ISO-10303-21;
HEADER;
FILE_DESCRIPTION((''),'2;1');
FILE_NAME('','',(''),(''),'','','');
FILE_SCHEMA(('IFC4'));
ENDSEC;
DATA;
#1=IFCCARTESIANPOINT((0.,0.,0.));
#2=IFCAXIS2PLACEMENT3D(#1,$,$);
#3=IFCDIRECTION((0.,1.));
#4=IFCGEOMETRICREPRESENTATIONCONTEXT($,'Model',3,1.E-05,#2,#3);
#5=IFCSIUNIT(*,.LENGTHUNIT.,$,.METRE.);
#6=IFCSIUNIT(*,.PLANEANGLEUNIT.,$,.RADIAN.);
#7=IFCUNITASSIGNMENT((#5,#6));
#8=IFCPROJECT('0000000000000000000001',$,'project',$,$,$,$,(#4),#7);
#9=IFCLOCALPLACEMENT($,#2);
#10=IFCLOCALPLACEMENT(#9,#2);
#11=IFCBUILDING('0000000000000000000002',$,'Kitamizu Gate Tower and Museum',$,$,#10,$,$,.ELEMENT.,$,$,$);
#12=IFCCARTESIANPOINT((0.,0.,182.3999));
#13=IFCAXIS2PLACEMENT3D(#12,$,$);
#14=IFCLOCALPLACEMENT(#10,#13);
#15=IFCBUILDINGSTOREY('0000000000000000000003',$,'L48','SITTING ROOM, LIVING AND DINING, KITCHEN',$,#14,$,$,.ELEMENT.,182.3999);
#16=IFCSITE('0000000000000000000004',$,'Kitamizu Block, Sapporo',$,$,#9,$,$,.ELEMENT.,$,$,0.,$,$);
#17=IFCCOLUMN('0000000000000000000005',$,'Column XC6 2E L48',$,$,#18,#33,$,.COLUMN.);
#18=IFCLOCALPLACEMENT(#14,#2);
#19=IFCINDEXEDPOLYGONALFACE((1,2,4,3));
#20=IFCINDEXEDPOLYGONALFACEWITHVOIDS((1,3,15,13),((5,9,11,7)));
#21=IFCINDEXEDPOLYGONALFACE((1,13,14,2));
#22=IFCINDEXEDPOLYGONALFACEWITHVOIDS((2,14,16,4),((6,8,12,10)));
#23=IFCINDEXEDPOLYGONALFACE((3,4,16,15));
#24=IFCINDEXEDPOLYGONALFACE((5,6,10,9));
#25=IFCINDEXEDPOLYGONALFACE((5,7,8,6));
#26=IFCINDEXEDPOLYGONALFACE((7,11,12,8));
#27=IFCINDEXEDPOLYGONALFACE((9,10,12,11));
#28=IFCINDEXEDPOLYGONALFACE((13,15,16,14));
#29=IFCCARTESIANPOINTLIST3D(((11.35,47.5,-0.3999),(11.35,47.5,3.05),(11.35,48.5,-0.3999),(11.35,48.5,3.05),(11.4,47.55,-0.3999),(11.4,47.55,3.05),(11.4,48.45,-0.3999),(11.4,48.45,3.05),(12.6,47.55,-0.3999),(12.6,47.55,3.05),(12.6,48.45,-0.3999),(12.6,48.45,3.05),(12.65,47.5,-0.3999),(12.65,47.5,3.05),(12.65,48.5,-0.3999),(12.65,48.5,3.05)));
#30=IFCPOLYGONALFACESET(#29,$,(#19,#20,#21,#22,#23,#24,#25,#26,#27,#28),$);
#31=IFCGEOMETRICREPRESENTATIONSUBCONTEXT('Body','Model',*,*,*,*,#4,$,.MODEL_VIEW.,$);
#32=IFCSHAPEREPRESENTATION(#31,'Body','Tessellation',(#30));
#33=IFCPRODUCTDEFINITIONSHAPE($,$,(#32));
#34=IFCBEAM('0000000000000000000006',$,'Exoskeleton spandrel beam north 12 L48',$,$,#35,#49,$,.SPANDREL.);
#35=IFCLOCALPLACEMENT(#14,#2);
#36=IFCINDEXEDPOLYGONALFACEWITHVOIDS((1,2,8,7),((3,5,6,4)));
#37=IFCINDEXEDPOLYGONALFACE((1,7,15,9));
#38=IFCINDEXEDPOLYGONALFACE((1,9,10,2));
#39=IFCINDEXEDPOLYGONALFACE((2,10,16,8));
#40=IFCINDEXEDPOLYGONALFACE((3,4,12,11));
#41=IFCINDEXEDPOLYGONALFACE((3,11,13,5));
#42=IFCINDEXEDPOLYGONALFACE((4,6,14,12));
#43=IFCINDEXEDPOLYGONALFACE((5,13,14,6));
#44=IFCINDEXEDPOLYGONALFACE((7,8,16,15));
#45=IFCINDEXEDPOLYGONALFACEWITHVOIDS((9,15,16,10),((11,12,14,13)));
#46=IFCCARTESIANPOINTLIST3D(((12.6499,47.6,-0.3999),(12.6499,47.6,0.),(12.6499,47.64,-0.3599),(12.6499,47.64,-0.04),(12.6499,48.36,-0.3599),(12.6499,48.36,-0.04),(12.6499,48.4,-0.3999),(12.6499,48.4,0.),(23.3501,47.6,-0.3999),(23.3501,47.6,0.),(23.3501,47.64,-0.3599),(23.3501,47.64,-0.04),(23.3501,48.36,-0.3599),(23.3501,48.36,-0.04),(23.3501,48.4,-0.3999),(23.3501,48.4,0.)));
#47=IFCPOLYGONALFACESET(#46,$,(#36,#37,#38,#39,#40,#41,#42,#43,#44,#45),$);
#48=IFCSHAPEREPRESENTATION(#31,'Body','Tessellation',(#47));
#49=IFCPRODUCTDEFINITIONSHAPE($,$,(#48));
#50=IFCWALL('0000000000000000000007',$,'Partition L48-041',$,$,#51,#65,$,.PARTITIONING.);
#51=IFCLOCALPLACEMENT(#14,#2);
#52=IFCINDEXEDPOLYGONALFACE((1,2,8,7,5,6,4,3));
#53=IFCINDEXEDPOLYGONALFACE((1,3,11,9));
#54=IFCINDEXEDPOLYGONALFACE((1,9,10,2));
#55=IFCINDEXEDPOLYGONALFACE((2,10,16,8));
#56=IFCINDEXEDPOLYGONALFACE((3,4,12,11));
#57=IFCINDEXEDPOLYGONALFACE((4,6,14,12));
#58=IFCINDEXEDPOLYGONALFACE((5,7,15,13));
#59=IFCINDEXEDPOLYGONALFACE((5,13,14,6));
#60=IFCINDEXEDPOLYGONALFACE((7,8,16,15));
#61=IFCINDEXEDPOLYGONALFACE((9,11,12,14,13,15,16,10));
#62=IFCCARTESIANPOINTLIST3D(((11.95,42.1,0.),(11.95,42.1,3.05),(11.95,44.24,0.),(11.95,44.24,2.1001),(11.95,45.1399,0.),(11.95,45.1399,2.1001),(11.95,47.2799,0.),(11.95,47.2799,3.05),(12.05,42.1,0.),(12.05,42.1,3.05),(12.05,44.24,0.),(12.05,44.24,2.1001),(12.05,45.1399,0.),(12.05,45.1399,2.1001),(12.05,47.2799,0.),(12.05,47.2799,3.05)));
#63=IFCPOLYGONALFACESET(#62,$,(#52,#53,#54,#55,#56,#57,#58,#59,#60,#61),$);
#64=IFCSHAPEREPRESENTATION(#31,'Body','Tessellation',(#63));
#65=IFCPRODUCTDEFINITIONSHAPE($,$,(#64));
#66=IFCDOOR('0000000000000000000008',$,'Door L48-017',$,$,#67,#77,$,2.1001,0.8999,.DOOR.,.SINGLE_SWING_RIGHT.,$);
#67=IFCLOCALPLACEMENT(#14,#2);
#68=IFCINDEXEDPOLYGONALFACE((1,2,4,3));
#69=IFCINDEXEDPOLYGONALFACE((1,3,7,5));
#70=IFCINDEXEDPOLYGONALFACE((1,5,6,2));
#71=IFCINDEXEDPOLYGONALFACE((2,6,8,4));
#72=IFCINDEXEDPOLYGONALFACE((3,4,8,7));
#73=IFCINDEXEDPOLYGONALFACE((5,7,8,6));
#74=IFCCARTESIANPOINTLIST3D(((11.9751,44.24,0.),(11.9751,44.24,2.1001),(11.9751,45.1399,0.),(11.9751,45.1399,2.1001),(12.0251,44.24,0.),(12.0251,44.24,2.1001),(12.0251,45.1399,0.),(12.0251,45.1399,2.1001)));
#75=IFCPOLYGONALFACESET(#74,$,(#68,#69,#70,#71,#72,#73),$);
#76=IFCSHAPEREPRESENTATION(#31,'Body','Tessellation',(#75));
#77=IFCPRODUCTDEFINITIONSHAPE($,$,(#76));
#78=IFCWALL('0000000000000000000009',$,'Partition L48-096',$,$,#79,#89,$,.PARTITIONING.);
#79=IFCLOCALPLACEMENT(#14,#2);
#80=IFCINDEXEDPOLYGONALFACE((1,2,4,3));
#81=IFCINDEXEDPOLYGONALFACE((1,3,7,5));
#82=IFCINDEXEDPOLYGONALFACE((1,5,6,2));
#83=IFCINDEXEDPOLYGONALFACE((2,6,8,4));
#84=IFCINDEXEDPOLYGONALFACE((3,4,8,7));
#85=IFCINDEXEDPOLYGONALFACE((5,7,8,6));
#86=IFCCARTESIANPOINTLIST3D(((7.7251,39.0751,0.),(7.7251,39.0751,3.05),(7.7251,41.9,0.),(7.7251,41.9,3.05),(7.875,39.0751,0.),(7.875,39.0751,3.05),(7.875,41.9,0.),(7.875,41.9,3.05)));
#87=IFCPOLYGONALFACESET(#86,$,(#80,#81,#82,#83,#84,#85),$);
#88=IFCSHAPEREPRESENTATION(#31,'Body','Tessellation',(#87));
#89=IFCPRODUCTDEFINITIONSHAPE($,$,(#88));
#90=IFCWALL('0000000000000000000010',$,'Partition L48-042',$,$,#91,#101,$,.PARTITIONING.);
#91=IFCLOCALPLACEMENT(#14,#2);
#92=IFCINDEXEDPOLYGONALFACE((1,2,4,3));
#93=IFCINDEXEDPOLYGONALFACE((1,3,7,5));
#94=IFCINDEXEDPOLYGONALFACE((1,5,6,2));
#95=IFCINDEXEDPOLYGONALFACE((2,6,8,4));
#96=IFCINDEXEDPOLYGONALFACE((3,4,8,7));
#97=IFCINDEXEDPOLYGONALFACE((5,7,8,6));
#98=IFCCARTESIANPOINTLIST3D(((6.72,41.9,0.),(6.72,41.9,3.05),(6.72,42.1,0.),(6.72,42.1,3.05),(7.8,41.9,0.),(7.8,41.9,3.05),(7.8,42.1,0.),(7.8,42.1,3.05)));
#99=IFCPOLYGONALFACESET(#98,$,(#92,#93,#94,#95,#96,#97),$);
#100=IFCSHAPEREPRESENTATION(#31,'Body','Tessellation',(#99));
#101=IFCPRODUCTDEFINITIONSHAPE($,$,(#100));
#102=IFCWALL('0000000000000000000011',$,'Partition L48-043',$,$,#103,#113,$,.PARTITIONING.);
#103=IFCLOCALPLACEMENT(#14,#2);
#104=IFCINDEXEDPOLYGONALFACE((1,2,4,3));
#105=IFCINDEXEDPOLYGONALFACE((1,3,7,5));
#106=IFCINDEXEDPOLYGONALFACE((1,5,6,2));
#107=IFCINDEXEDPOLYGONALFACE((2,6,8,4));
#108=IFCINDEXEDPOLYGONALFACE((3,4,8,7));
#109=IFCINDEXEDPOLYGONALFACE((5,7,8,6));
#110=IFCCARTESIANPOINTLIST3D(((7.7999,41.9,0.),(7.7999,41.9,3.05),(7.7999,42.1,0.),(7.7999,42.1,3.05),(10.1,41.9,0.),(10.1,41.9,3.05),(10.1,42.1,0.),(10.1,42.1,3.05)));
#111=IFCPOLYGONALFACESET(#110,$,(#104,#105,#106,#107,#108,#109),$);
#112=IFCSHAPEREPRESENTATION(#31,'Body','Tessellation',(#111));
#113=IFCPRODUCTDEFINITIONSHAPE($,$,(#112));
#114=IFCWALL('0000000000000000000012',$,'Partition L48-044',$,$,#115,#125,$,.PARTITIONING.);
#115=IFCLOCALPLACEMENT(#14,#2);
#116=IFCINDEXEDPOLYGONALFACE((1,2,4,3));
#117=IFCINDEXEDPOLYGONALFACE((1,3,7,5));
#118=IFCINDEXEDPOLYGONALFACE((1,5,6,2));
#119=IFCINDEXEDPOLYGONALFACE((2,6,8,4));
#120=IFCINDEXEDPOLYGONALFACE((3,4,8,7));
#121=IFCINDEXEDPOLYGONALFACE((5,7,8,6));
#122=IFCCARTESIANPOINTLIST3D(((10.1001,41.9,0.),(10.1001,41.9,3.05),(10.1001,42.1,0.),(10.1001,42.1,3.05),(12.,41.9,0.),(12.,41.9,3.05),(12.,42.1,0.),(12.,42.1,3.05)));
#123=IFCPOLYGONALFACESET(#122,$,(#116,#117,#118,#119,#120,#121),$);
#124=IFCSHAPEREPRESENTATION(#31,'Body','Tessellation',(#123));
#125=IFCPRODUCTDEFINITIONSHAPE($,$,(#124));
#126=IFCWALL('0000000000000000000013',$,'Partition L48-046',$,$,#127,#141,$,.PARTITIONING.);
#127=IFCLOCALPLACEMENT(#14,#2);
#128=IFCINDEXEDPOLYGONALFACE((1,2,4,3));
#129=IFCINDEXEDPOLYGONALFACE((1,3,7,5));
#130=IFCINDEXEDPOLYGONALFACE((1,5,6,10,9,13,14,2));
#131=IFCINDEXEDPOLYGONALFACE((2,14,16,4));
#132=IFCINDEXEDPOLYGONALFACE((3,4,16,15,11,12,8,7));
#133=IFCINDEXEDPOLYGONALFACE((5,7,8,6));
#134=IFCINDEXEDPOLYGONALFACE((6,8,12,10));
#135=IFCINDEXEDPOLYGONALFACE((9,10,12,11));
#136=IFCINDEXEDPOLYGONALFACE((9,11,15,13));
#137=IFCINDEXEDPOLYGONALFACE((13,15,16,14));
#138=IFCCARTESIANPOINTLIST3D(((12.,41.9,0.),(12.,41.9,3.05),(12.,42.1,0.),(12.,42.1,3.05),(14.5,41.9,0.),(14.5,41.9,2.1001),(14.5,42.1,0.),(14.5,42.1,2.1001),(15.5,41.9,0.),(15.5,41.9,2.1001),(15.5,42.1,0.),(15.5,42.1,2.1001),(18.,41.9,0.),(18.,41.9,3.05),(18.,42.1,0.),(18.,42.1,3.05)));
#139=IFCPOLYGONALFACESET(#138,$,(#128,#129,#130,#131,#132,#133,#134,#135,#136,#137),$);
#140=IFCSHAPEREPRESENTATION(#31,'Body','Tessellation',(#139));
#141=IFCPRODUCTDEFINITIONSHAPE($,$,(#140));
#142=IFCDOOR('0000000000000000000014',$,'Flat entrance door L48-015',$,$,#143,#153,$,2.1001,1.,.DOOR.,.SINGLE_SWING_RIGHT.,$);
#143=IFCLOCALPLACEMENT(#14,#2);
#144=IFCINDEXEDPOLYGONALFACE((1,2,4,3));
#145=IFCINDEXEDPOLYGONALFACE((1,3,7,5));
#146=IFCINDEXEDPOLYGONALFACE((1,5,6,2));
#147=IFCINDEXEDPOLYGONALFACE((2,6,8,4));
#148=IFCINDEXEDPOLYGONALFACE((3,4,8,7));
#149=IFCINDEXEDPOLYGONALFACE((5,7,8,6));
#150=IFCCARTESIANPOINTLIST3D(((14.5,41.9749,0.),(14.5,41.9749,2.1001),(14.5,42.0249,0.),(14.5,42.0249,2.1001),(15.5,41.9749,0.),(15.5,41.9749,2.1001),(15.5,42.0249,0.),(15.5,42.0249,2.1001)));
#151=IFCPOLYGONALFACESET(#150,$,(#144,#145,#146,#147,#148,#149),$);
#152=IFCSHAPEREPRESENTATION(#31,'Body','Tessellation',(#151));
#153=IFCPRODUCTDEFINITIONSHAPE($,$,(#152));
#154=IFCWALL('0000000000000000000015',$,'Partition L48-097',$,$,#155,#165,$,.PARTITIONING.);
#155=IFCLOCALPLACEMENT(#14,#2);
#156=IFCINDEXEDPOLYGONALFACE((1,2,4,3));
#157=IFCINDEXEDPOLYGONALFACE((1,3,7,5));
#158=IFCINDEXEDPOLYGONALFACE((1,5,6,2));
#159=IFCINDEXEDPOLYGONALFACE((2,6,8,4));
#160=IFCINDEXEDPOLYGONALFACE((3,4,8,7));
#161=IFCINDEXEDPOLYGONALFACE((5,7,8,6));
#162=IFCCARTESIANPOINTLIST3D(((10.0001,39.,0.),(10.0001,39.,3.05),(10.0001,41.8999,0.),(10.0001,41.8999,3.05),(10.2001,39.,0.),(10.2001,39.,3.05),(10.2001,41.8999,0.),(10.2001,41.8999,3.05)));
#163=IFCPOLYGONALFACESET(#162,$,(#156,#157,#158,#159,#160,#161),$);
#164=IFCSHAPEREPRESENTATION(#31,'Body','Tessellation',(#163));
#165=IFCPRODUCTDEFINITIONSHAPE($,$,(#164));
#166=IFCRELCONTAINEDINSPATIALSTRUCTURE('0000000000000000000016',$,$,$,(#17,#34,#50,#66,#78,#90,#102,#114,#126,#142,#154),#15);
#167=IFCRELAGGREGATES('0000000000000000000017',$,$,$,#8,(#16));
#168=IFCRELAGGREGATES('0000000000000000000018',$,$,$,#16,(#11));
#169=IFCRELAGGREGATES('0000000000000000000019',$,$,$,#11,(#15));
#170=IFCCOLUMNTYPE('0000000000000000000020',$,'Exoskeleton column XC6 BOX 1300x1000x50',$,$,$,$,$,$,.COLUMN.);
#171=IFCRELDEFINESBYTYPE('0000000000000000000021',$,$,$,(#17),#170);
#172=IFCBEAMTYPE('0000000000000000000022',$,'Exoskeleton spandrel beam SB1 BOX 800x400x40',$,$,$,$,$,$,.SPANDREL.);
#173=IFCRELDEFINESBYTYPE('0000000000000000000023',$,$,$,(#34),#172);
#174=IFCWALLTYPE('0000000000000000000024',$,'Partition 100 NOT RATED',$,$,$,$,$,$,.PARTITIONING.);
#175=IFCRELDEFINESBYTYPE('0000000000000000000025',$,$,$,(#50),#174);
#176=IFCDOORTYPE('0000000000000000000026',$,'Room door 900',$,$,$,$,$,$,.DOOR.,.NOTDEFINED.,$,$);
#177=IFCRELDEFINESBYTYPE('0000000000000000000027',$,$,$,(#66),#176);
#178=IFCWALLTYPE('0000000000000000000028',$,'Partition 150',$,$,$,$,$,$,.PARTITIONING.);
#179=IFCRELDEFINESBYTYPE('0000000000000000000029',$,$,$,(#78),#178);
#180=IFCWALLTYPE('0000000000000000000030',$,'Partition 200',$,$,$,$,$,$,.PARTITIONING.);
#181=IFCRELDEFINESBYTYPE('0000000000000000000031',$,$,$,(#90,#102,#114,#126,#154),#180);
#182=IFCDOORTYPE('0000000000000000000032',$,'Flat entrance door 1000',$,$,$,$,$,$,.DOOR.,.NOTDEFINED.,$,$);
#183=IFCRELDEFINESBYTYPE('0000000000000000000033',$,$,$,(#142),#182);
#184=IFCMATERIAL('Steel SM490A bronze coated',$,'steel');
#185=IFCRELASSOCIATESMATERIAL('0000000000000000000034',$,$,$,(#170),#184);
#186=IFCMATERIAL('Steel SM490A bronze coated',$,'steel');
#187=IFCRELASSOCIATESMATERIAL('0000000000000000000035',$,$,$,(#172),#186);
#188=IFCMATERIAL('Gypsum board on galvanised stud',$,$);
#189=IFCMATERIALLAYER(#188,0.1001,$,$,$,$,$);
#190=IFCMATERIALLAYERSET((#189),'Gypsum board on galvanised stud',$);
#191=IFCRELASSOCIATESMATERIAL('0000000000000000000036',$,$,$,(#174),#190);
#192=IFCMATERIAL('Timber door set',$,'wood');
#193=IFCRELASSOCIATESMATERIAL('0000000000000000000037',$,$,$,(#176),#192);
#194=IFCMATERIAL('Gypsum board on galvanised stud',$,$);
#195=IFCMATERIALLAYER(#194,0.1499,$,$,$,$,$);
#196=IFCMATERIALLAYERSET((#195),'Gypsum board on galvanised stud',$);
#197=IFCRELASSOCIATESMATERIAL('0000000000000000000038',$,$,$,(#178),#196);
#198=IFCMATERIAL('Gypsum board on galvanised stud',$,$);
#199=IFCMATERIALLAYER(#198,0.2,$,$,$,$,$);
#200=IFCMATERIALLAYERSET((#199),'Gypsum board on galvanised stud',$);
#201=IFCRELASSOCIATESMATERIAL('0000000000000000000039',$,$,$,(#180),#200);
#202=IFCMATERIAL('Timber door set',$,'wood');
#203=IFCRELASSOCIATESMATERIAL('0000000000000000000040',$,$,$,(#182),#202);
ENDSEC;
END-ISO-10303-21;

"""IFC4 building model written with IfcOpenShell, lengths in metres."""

from ifc_helpers import new_model, si_unit, direction, frame, frame_2d, origin, origin_2d, place, context, subcontext, project, spatial, rectangle, hollow_rectangle, extrude, material, layer, layer_set, material_profile, profile_set, type_object, element, fill, save


model = new_model("IFC4")

# Units and contexts
model_context = context("Model", 3, precision=1e-05, world=origin(), true_north=direction((0.0, 1.0)))
body_context = subcontext(model_context, "Body", "Model", "MODEL_VIEW")
ifc_project = project(units=[si_unit("LENGTHUNIT", "METRE"), si_unit("PLANEANGLEUNIT", "RADIAN")], contexts=[model_context])

# Site, building, storey
site_placement = place(None, origin())
site = spatial("IfcSite", under=ifc_project, at=site_placement, Name="Kitamizu Block, Sapporo", CompositionType="ELEMENT", RefElevation=0.0)
building_placement = place(site_placement, origin())
building = spatial("IfcBuilding", under=site, at=building_placement, Name="Kitamizu Gate Tower and Museum", CompositionType="ELEMENT")
storey_placement = place(building_placement, frame((0.0, 0.0, 182.3999)))
storey = spatial("IfcBuildingStorey", under=building, at=storey_placement, Name="L48", Description="SITTING ROOM, LIVING AND DINING, KITCHEN", CompositionType="ELEMENT", Elevation=182.3999)

# Column
ifc_material_1 = material(Name="Steel SM490A bronze coated", Category="steel")
ifc_material_profile_1 = material_profile(ifc_material_1, hollow_rectangle(XDim=1.3, YDim=1.0, WallThickness=0.05, at=origin_2d()), Name="BOX 1300x1000x50")
ifc_profile_set_1 = profile_set([ifc_material_profile_1], Name="Steel SM490A bronze coated")
column_type = type_object("IfcColumnType", Name="Exoskeleton column XC6 BOX 1300x1000x50", PredefinedType="COLUMN", material=ifc_profile_set_1)
column_placement = place(storey_placement, frame((12.0, 48.0, -0.3999), z_axis=(0.0, 0.0, 1.0), x_axis=(1.0, 0.0, 0.0)))
element("IfcColumn", 1, at=column_placement, inside=storey, type_object=column_type, Name="Column XC6 2E L48", PredefinedType="COLUMN", context=body_context, shape_type="SweptSolid", body=[
    extrude(hollow_rectangle(XDim=1.3, YDim=1.0, WallThickness=0.05, at=origin_2d()), origin(), (0.0, 0.0, 1.0), 3.45),
])

# Beam
ifc_material_2 = material(Name="Steel SM490A bronze coated", Category="steel")
ifc_material_profile_2 = material_profile(ifc_material_2, hollow_rectangle(XDim=0.8, YDim=0.3999, WallThickness=0.04, at=origin_2d()), Name="BOX 800x400x40")
ifc_profile_set_2 = profile_set([ifc_material_profile_2], Name="Steel SM490A bronze coated")
beam_type = type_object("IfcBeamType", Name="Exoskeleton spandrel beam SB1 BOX 800x400x40", PredefinedType="SPANDREL", material=ifc_profile_set_2)
beam_placement = place(storey_placement, frame((12.6499, 48.0, -0.2), z_axis=(1.0, 0.0, 0.0), x_axis=(0.0, 1.0, 0.0)))
element("IfcBeam", 2, at=beam_placement, inside=storey, type_object=beam_type, Name="Exoskeleton spandrel beam north 12 L48", PredefinedType="SPANDREL", context=body_context, shape_type="SweptSolid", body=[
    extrude(hollow_rectangle(XDim=0.8, YDim=0.3999, WallThickness=0.04, at=origin_2d()), origin(), (0.0, 0.0, 1.0), 10.7002),
])

# Wall, opening, door
ifc_material_3 = material(Name="Gypsum board on galvanised stud")
ifc_layer_1 = layer(ifc_material_3, 0.1001)
ifc_layer_set_1 = layer_set([ifc_layer_1], Name="Gypsum board on galvanised stud")
wall_type_1 = type_object("IfcWallType", Name="Partition 100 NOT RATED", PredefinedType="PARTITIONING", material=ifc_layer_set_1)
wall_1_placement = place(storey_placement, frame((12.0, 42.1001, 0.0), z_axis=(0.0, 0.0, 1.0), x_axis=(0.0, 1.0, 0.0)))
wall_1 = element("IfcWall", 3, at=wall_1_placement, inside=storey, type_object=wall_type_1, Name="Partition L48-041", PredefinedType="PARTITIONING", context=body_context, shape_type="SweptSolid", body=[
    extrude(rectangle(XDim=5.1799, YDim=0.1001, at=frame_2d((2.5898, 0.0))), origin(), (0.0, 0.0, 1.0), 3.05),
])
opening_1_placement = place(wall_1_placement, frame((2.1399, 0.0, 0.0)))
opening_1 = element("IfcOpeningElement", 4, at=opening_1_placement, cuts=wall_1, PredefinedType="OPENING", context=body_context, shape_type="SweptSolid", body=[
    extrude(rectangle(XDim=0.8999, YDim=2.1001, at=frame_2d((0.45, 1.05))), frame((0.0, 0.0601, 0.0), z_axis=(0.0, -1.0, 0.0), x_axis=(1.0, 0.0, 0.0)), (0.0, 0.0, 1.0), 0.1201),
])
ifc_material_4 = material(Name="Timber door set", Category="wood")
door_type_1 = type_object("IfcDoorType", Name="Room door 900", OperationType="NOTDEFINED", PredefinedType="DOOR", material=ifc_material_4)
door_1_placement = place(opening_1_placement, origin())
door_1 = element("IfcDoor", 5, at=door_1_placement, inside=storey, type_object=door_type_1, Name="Door L48-017", OperationType="SINGLE_SWING_RIGHT", OverallHeight=2.1001, OverallWidth=0.8999, PredefinedType="DOOR", context=body_context, shape_type="SweptSolid", body=[
    extrude(rectangle(XDim=0.8999, YDim=2.1001, at=frame_2d((0.45, 1.05))), frame((0.0, 0.0249, 0.0), z_axis=(0.0, -1.0, 0.0), x_axis=(1.0, 0.0, 0.0)), (0.0, 0.0, 1.0), 0.05),
])
fill(opening_1, door_1)

# Walls
ifc_material_5 = material(Name="Gypsum board on galvanised stud")
ifc_layer_2 = layer(ifc_material_5, 0.1499)
ifc_layer_set_2 = layer_set([ifc_layer_2], Name="Gypsum board on galvanised stud")
wall_type_2 = type_object("IfcWallType", Name="Partition 150", PredefinedType="PARTITIONING", material=ifc_layer_set_2)
wall_2_placement = place(storey_placement, frame((7.8, 39.075, 0.0), z_axis=(0.0, 0.0, 1.0), x_axis=(0.0, 1.0, 0.0)))
element("IfcWall", 6, at=wall_2_placement, inside=storey, type_object=wall_type_2, Name="Partition L48-096", PredefinedType="PARTITIONING", context=body_context, shape_type="SweptSolid", body=[
    extrude(rectangle(XDim=2.825, YDim=0.1499, at=frame_2d((1.4126, 0.0))), origin(), (0.0, 0.0, 1.0), 3.05),
])
ifc_material_6 = material(Name="Gypsum board on galvanised stud")
ifc_layer_3 = layer(ifc_material_6, 0.2)
ifc_layer_set_3 = layer_set([ifc_layer_3], Name="Gypsum board on galvanised stud")
wall_type_3 = type_object("IfcWallType", Name="Partition 200", PredefinedType="PARTITIONING", material=ifc_layer_set_3)
wall_3_placement = place(storey_placement, frame((6.72, 42.0, 0.0), z_axis=(0.0, 0.0, 1.0), x_axis=(1.0, 0.0, 0.0)))
element("IfcWall", 7, at=wall_3_placement, inside=storey, type_object=wall_type_3, Name="Partition L48-042", PredefinedType="PARTITIONING", context=body_context, shape_type="SweptSolid", body=[
    extrude(rectangle(XDim=1.0801, YDim=0.2, at=frame_2d((0.54, 0.0))), origin(), (0.0, 0.0, 1.0), 3.05),
])
wall_4_placement = place(storey_placement, frame((7.8, 42.0, 0.0), z_axis=(0.0, 0.0, 1.0), x_axis=(1.0, 0.0, 0.0)))
element("IfcWall", 8, at=wall_4_placement, inside=storey, type_object=wall_type_3, Name="Partition L48-043", PredefinedType="PARTITIONING", context=body_context, shape_type="SweptSolid", body=[
    extrude(rectangle(XDim=2.3, YDim=0.2, at=frame_2d((1.1499, 0.0))), origin(), (0.0, 0.0, 1.0), 3.05),
])
wall_5_placement = place(storey_placement, frame((10.1001, 42.0, 0.0), z_axis=(0.0, 0.0, 1.0), x_axis=(1.0, 0.0, 0.0)))
element("IfcWall", 9, at=wall_5_placement, inside=storey, type_object=wall_type_3, Name="Partition L48-044", PredefinedType="PARTITIONING", context=body_context, shape_type="SweptSolid", body=[
    extrude(rectangle(XDim=1.8999, YDim=0.2, at=frame_2d((0.95, 0.0))), origin(), (0.0, 0.0, 1.0), 3.05),
])

# Wall, opening, door
wall_6_placement = place(storey_placement, frame((12.0, 42.0, 0.0), z_axis=(0.0, 0.0, 1.0), x_axis=(1.0, 0.0, 0.0)))
wall_6 = element("IfcWall", 10, at=wall_6_placement, inside=storey, type_object=wall_type_3, Name="Partition L48-046", PredefinedType="PARTITIONING", context=body_context, shape_type="SweptSolid", body=[
    extrude(rectangle(XDim=6.0, YDim=0.2, at=frame_2d((3.0, 0.0))), origin(), (0.0, 0.0, 1.0), 3.05),
])
opening_2_placement = place(wall_6_placement, frame((2.5, 0.0, 0.0)))
opening_2 = element("IfcOpeningElement", 11, at=opening_2_placement, cuts=wall_6, PredefinedType="OPENING", context=body_context, shape_type="SweptSolid", body=[
    extrude(rectangle(XDim=1.0, YDim=2.1001, at=frame_2d((0.5, 1.05))), frame((0.0, 0.1099, 0.0), z_axis=(0.0, -1.0, 0.0), x_axis=(1.0, 0.0, 0.0)), (0.0, 0.0, 1.0), 0.22),
])
ifc_material_7 = material(Name="Timber door set", Category="wood")
door_type_2 = type_object("IfcDoorType", Name="Flat entrance door 1000", OperationType="NOTDEFINED", PredefinedType="DOOR", material=ifc_material_7)
door_2_placement = place(opening_2_placement, origin())
door_2 = element("IfcDoor", 12, at=door_2_placement, inside=storey, type_object=door_type_2, Name="Flat entrance door L48-015", OperationType="SINGLE_SWING_RIGHT", OverallHeight=2.1001, OverallWidth=1.0, PredefinedType="DOOR", context=body_context, shape_type="SweptSolid", body=[
    extrude(rectangle(XDim=1.0, YDim=2.1001, at=frame_2d((0.5, 1.05))), frame((0.0, 0.0249, 0.0), z_axis=(0.0, -1.0, 0.0), x_axis=(1.0, 0.0, 0.0)), (0.0, 0.0, 1.0), 0.05),
])
fill(opening_2, door_2)

# Wall
wall_7_placement = place(storey_placement, frame((10.1001, 39.0, 0.0), z_axis=(0.0, 0.0, 1.0), x_axis=(0.0, 1.0, 0.0)))
element("IfcWall", 13, at=wall_7_placement, inside=storey, type_object=wall_type_3, Name="Partition L48-097", PredefinedType="PARTITIONING", context=body_context, shape_type="SweptSolid", body=[
    extrude(rectangle(XDim=2.8999, YDim=0.2, at=frame_2d((1.45, 0.0))), origin(), (0.0, 0.0, 1.0), 3.05),
])

save(model, "model.ifc")
